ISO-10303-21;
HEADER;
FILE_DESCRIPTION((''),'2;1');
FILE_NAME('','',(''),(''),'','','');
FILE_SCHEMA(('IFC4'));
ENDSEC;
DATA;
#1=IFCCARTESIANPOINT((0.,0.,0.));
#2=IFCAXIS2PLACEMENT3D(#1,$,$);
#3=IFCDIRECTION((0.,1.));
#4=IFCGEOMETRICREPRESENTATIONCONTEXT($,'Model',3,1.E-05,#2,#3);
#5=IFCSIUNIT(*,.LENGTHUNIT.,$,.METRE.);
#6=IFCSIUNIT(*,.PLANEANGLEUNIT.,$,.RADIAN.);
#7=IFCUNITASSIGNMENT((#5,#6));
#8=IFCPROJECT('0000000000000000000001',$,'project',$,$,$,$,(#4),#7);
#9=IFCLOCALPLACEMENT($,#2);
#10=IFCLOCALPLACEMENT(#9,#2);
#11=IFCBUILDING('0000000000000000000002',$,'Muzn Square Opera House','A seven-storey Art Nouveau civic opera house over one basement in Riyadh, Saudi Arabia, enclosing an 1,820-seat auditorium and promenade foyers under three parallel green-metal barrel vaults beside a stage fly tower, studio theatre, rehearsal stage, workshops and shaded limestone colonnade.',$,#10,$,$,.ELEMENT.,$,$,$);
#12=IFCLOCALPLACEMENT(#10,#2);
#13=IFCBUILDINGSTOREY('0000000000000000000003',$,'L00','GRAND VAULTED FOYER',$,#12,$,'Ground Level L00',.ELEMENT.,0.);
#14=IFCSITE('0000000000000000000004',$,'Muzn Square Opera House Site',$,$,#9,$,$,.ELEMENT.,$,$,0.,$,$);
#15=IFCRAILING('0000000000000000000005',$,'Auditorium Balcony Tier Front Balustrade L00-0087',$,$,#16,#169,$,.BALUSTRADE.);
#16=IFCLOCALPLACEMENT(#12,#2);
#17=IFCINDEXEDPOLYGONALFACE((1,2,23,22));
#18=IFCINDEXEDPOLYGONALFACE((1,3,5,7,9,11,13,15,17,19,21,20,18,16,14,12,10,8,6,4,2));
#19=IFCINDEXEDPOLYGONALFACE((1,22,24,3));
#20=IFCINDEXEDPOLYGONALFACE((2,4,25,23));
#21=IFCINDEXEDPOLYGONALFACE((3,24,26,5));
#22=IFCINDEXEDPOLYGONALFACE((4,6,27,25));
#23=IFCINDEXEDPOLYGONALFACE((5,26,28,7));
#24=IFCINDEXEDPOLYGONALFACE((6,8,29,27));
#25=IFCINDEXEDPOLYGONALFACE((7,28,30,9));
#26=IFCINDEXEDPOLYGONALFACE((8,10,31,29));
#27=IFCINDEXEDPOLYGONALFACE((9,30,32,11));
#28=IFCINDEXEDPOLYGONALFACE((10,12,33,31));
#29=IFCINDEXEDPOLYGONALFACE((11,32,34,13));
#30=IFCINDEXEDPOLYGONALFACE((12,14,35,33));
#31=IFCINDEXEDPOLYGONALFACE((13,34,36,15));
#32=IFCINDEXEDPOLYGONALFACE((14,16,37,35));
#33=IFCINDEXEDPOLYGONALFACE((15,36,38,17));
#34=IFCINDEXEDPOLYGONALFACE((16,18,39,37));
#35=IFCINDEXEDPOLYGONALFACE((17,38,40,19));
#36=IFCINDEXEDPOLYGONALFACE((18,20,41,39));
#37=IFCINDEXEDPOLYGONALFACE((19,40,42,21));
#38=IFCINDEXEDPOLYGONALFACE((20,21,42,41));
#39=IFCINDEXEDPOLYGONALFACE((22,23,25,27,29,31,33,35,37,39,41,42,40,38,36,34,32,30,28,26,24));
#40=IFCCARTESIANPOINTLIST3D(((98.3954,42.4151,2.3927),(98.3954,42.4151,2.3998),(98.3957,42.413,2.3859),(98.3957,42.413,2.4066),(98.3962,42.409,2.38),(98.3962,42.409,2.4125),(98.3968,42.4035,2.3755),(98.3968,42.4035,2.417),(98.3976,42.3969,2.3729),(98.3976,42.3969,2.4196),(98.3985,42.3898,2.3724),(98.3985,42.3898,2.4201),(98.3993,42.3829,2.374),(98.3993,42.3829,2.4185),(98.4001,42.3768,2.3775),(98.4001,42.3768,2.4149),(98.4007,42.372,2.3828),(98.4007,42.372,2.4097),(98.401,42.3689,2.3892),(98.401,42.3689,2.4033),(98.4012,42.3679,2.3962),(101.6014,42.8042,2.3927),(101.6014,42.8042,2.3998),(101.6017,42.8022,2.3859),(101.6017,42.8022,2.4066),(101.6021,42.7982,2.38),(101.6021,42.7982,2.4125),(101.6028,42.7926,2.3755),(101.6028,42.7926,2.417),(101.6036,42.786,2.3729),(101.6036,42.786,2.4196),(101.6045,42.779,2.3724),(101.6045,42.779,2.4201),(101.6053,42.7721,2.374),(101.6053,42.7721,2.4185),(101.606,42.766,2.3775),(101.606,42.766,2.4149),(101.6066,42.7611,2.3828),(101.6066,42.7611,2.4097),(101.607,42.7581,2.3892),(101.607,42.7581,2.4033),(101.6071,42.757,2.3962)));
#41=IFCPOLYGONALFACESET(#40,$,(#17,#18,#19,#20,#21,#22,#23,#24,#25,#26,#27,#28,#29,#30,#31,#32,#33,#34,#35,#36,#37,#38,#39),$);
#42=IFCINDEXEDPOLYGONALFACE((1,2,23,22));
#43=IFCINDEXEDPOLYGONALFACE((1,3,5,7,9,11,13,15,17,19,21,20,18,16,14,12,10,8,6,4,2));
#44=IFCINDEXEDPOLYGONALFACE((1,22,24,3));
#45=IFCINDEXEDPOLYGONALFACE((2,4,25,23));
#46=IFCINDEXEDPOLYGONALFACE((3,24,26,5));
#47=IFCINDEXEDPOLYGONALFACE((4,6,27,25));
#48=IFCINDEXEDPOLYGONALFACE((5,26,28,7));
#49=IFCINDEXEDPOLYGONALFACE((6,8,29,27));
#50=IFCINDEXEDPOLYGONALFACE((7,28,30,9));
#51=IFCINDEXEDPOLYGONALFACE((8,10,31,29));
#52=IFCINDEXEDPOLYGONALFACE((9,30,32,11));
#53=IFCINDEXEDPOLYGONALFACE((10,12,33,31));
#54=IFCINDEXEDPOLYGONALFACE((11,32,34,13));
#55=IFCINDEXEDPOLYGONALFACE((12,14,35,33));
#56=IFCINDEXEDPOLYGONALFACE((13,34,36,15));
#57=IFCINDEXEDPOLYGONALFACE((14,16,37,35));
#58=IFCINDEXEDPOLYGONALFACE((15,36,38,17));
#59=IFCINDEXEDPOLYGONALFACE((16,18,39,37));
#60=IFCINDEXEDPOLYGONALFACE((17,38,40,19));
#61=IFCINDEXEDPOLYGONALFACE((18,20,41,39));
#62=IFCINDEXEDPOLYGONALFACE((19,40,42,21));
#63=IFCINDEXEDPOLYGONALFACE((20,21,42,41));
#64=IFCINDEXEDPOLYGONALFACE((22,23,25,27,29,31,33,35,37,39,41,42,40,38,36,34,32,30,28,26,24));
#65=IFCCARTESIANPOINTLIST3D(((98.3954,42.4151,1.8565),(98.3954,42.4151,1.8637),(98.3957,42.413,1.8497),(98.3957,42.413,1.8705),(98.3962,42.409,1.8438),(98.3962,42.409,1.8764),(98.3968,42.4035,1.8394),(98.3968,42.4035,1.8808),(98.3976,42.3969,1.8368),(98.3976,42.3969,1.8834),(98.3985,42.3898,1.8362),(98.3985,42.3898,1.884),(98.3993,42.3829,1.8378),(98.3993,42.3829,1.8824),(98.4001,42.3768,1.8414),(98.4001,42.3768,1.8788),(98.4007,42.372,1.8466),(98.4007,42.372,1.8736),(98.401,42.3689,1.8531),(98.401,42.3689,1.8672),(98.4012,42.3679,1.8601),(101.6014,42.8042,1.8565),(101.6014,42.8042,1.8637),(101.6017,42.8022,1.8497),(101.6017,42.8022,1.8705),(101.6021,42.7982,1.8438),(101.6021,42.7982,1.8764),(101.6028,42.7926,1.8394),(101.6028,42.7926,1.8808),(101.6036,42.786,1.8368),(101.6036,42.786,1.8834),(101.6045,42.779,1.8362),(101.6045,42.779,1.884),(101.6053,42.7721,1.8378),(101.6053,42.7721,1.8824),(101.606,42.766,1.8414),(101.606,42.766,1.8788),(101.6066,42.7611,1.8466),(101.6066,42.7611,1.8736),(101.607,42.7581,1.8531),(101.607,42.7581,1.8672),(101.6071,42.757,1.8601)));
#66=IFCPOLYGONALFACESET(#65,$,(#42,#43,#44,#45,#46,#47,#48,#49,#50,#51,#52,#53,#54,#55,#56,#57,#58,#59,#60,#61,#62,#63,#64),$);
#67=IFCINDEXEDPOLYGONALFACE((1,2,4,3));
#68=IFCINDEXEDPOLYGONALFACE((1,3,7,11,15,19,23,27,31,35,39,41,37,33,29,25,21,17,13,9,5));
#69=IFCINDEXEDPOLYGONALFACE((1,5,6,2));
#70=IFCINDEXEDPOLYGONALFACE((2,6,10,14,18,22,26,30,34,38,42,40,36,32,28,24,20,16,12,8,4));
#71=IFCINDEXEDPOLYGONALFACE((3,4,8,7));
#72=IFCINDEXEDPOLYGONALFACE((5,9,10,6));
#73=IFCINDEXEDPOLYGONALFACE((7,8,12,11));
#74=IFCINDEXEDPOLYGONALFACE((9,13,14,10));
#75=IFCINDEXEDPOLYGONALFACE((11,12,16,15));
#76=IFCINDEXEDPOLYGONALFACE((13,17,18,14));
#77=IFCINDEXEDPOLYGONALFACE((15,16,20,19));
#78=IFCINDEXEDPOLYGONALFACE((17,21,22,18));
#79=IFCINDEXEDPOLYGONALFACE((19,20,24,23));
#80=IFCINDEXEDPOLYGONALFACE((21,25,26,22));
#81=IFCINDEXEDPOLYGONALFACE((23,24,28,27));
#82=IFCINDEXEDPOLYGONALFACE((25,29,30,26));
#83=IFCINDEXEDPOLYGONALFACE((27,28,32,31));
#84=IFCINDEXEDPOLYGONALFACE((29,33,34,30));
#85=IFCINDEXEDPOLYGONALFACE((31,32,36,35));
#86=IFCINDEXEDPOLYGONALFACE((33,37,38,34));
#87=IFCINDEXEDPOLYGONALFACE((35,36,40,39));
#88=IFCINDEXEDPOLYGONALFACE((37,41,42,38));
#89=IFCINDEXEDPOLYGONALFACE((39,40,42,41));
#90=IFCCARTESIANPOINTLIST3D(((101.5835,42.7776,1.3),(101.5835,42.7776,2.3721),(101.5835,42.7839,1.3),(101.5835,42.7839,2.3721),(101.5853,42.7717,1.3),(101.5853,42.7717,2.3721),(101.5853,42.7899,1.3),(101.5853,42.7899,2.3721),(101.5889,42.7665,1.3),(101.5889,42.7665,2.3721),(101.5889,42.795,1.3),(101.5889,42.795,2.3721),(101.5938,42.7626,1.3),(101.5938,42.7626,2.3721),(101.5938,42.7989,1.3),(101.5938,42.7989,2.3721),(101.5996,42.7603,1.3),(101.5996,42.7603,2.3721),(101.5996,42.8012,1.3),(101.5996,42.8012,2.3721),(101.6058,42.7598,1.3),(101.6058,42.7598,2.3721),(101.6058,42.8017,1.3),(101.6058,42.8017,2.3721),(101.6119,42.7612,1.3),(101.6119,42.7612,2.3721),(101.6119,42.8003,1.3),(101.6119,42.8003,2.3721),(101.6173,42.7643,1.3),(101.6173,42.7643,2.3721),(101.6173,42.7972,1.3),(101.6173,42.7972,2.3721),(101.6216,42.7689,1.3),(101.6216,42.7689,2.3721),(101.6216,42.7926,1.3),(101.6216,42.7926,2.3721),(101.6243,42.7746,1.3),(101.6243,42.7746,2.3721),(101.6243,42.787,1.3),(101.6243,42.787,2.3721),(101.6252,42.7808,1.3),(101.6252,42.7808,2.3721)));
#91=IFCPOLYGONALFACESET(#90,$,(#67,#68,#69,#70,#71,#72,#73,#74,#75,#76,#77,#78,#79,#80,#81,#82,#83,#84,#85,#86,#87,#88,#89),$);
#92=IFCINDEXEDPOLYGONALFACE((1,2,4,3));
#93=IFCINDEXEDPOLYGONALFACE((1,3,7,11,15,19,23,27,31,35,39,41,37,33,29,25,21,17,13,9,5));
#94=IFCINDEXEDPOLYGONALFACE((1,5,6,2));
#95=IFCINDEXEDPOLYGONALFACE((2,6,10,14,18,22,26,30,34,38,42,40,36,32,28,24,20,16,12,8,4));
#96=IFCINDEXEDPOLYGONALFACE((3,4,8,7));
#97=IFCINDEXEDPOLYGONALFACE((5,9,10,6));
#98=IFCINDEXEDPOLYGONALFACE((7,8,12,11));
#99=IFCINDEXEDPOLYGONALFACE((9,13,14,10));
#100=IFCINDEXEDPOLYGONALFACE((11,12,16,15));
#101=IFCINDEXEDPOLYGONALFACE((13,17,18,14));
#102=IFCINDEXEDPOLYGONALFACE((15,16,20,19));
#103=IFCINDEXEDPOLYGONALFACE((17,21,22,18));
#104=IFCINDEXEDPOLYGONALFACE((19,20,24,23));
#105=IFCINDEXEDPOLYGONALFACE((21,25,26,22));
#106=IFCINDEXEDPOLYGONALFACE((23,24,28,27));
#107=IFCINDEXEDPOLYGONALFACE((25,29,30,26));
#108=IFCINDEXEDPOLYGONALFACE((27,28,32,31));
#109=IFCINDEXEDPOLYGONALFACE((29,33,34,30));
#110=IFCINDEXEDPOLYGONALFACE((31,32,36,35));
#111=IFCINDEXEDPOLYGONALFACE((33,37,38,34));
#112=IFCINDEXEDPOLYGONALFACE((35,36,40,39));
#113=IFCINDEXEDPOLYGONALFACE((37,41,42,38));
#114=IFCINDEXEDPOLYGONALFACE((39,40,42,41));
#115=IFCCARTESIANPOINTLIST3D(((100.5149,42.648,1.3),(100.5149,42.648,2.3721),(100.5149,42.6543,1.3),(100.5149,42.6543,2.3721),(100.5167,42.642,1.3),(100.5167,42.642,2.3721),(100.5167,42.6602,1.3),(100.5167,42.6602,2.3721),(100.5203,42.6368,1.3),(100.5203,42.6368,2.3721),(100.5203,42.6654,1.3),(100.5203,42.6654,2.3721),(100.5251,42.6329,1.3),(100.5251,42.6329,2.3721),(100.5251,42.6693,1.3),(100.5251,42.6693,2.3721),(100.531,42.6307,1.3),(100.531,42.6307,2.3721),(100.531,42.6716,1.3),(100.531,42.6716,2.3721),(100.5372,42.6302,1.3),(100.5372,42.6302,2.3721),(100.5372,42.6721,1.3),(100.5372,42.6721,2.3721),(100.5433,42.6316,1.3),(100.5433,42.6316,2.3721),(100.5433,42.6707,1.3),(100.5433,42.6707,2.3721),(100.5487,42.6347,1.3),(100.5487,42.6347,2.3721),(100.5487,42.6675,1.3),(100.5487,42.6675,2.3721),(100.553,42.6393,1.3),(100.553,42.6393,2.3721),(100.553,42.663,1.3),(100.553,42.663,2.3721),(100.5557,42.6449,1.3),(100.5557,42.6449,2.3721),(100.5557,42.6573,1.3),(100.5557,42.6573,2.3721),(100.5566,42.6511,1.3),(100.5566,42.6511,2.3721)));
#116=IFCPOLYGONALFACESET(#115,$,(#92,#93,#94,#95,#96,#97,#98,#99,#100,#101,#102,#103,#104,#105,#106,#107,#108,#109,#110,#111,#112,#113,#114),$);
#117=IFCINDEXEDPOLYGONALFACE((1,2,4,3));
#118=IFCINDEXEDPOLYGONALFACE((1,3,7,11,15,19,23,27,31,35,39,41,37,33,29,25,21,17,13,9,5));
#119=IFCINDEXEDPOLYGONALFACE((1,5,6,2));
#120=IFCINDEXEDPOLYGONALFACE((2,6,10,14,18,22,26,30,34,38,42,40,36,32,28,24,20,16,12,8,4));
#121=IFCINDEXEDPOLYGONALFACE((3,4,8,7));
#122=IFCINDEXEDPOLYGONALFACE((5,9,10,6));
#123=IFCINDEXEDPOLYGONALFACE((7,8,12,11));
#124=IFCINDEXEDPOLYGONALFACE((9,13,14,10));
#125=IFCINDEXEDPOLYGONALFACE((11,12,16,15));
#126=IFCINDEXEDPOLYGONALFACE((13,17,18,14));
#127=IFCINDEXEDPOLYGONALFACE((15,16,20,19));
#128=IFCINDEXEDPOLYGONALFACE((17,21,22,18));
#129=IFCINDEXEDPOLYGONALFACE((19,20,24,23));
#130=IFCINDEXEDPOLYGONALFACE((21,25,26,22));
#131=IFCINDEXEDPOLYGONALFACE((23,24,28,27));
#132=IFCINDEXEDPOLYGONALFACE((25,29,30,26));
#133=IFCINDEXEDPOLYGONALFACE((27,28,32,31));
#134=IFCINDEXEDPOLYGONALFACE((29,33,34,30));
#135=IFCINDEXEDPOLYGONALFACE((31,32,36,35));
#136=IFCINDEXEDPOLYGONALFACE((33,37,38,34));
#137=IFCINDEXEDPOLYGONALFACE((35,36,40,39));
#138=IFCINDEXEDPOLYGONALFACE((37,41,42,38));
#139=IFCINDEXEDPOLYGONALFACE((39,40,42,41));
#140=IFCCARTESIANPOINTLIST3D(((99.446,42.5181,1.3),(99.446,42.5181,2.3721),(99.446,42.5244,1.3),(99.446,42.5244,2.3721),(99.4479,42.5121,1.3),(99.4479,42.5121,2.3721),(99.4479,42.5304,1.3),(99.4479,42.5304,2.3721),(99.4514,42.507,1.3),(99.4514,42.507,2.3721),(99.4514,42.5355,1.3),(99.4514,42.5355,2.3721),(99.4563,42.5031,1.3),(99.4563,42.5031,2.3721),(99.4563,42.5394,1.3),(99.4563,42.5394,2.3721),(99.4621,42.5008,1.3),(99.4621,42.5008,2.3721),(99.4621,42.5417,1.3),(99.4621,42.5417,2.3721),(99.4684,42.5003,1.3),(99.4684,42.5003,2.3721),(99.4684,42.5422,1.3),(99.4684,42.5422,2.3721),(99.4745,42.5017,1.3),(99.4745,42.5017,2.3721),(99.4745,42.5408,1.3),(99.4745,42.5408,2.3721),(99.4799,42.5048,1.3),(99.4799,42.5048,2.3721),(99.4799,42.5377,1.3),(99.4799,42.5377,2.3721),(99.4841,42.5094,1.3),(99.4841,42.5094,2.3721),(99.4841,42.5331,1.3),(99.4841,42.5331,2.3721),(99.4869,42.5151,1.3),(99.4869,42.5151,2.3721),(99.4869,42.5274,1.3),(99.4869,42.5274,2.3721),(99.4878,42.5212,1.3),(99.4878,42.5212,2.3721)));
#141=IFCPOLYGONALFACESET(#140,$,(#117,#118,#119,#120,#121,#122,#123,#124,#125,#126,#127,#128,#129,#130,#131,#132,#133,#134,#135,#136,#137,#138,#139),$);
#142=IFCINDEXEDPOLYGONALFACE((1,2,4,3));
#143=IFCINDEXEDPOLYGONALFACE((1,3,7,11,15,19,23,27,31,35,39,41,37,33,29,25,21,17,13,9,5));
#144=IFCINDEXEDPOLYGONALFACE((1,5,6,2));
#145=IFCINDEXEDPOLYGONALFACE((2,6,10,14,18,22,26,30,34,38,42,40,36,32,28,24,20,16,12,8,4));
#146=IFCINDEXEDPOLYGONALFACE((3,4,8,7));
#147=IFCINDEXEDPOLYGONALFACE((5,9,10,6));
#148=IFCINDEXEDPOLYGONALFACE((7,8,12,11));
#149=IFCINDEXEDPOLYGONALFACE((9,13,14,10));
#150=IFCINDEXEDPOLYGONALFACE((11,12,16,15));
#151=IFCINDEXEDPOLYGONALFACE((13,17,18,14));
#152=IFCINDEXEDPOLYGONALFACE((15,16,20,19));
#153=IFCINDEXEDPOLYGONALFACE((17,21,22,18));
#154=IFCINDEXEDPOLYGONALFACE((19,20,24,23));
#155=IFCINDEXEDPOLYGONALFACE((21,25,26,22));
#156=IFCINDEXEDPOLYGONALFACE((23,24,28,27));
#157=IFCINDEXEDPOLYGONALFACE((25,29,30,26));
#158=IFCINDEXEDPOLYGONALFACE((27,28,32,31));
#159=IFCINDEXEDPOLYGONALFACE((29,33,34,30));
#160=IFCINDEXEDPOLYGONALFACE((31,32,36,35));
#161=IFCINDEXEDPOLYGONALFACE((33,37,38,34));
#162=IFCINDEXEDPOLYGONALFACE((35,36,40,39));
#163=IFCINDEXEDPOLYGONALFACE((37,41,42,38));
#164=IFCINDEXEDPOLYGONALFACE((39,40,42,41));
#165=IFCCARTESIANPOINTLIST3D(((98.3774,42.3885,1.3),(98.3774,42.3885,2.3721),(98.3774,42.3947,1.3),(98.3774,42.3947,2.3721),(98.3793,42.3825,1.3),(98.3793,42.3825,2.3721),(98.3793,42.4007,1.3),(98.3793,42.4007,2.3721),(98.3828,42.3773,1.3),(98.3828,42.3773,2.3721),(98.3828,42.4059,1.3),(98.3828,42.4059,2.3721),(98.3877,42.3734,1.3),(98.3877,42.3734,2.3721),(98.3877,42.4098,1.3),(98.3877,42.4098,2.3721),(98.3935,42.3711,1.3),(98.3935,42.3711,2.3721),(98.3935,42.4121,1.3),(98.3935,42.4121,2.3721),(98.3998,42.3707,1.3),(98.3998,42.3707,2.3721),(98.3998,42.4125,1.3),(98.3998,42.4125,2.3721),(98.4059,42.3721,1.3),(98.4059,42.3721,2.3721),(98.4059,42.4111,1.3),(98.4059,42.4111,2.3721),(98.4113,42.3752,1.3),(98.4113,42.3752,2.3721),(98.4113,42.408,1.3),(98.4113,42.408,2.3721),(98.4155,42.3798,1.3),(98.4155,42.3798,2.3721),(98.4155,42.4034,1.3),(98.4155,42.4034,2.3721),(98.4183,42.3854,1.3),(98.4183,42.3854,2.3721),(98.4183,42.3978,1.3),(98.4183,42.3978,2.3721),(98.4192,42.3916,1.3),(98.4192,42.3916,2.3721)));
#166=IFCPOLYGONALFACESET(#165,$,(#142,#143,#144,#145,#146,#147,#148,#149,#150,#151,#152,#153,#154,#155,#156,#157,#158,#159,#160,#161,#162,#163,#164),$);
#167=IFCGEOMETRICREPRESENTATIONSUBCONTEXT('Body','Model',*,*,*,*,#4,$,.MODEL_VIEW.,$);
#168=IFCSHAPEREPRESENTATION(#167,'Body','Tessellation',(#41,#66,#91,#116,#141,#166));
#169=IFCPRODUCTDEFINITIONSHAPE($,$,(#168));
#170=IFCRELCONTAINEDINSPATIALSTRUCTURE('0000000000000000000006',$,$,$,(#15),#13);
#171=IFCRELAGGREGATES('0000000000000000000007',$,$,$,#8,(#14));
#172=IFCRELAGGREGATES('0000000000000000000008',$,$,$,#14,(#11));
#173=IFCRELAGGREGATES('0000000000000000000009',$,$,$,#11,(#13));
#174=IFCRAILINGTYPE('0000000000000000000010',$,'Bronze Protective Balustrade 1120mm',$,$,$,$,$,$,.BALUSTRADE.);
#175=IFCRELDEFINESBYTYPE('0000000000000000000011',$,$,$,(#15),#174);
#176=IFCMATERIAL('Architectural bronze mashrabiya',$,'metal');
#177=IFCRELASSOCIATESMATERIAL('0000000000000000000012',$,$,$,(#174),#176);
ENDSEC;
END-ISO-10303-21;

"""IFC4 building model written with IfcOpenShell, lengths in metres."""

from ifc_helpers import new_model, si_unit, direction, frame, origin, origin_2d, place, context, subcontext, project, spatial, circle, extrude, material, type_object, element, save


model = new_model("IFC4")

# Units and contexts
model_context = context("Model", 3, precision=1e-05, world=origin(), true_north=direction((0.0, 1.0)))
body_context = subcontext(model_context, "Body", "Model", "MODEL_VIEW")
ifc_project = project(units=[si_unit("LENGTHUNIT", "METRE"), si_unit("PLANEANGLEUNIT", "RADIAN")], contexts=[model_context])

# Site, building, storey
site_placement = place(None, origin())
site = spatial("IfcSite", under=ifc_project, at=site_placement, Name="Muzn Square Opera House Site", CompositionType="ELEMENT", RefElevation=0.0)
building_placement = place(site_placement, origin())
building = spatial("IfcBuilding", under=site, at=building_placement, Name="Muzn Square Opera House", Description="A seven-storey Art Nouveau civic opera house over one basement in Riyadh, Saudi Arabia, enclosing an 1,820-seat auditorium and promenade foyers under three parallel green-metal barrel vaults beside a stage fly tower, studio theatre, rehearsal stage, workshops and shaded limestone colonnade.", CompositionType="ELEMENT")
storey_placement = place(building_placement, origin())
storey = spatial("IfcBuildingStorey", under=building, at=storey_placement, Name="L00", Description="GRAND VAULTED FOYER", LongName="Ground Level L00", CompositionType="ELEMENT", Elevation=0.0)

# Railing
ifc_material_1 = material(Name="Architectural bronze mashrabiya", Category="metal")
railing_type_1 = type_object("IfcRailingType", Name="Bronze Protective Balustrade 1120mm", PredefinedType="BALUSTRADE", material=ifc_material_1)
railing_1_placement = place(storey_placement, frame((101.6042, 42.7808, 1.3)))
element("IfcRailing", 1, at=railing_1_placement, inside=storey, type_object=railing_type_1, Name="Auditorium Balcony Tier Front Balustrade L00-0087", PredefinedType="BALUSTRADE", context=body_context, shape_type="SweptSolid", body=[
    extrude(circle(Radius=0.0239, at=origin_2d()), frame((0.0, 0.0, 1.0962), z_axis=(-0.992714, -0.120498, 0.0), x_axis=(0.120498, -0.992714, 0.0)), (0.0, 0.0, 1.0), 3.2295),
    extrude(circle(Radius=0.0239, at=origin_2d()), frame((0.0, 0.0, 0.5601), z_axis=(-0.992714, -0.120498, 0.0), x_axis=(0.120498, -0.992714, 0.0)), (0.0, 0.0, 1.0), 3.2295),
    extrude(circle(Radius=0.021, at=origin_2d()), origin(), (0.0, 0.0, 1.0), 1.072),
    extrude(circle(Radius=0.021, at=origin_2d()), frame((-1.0686, -0.1296, 0.0)), (0.0, 0.0, 1.0), 1.072),
    extrude(circle(Radius=0.021, at=origin_2d()), frame((-2.1375, -0.2595, 0.0)), (0.0, 0.0, 1.0), 1.072),
    extrude(circle(Radius=0.021, at=origin_2d()), frame((-3.2061, -0.3892, 0.0)), (0.0, 0.0, 1.0), 1.072),
])

save(model, "model.ifc")
